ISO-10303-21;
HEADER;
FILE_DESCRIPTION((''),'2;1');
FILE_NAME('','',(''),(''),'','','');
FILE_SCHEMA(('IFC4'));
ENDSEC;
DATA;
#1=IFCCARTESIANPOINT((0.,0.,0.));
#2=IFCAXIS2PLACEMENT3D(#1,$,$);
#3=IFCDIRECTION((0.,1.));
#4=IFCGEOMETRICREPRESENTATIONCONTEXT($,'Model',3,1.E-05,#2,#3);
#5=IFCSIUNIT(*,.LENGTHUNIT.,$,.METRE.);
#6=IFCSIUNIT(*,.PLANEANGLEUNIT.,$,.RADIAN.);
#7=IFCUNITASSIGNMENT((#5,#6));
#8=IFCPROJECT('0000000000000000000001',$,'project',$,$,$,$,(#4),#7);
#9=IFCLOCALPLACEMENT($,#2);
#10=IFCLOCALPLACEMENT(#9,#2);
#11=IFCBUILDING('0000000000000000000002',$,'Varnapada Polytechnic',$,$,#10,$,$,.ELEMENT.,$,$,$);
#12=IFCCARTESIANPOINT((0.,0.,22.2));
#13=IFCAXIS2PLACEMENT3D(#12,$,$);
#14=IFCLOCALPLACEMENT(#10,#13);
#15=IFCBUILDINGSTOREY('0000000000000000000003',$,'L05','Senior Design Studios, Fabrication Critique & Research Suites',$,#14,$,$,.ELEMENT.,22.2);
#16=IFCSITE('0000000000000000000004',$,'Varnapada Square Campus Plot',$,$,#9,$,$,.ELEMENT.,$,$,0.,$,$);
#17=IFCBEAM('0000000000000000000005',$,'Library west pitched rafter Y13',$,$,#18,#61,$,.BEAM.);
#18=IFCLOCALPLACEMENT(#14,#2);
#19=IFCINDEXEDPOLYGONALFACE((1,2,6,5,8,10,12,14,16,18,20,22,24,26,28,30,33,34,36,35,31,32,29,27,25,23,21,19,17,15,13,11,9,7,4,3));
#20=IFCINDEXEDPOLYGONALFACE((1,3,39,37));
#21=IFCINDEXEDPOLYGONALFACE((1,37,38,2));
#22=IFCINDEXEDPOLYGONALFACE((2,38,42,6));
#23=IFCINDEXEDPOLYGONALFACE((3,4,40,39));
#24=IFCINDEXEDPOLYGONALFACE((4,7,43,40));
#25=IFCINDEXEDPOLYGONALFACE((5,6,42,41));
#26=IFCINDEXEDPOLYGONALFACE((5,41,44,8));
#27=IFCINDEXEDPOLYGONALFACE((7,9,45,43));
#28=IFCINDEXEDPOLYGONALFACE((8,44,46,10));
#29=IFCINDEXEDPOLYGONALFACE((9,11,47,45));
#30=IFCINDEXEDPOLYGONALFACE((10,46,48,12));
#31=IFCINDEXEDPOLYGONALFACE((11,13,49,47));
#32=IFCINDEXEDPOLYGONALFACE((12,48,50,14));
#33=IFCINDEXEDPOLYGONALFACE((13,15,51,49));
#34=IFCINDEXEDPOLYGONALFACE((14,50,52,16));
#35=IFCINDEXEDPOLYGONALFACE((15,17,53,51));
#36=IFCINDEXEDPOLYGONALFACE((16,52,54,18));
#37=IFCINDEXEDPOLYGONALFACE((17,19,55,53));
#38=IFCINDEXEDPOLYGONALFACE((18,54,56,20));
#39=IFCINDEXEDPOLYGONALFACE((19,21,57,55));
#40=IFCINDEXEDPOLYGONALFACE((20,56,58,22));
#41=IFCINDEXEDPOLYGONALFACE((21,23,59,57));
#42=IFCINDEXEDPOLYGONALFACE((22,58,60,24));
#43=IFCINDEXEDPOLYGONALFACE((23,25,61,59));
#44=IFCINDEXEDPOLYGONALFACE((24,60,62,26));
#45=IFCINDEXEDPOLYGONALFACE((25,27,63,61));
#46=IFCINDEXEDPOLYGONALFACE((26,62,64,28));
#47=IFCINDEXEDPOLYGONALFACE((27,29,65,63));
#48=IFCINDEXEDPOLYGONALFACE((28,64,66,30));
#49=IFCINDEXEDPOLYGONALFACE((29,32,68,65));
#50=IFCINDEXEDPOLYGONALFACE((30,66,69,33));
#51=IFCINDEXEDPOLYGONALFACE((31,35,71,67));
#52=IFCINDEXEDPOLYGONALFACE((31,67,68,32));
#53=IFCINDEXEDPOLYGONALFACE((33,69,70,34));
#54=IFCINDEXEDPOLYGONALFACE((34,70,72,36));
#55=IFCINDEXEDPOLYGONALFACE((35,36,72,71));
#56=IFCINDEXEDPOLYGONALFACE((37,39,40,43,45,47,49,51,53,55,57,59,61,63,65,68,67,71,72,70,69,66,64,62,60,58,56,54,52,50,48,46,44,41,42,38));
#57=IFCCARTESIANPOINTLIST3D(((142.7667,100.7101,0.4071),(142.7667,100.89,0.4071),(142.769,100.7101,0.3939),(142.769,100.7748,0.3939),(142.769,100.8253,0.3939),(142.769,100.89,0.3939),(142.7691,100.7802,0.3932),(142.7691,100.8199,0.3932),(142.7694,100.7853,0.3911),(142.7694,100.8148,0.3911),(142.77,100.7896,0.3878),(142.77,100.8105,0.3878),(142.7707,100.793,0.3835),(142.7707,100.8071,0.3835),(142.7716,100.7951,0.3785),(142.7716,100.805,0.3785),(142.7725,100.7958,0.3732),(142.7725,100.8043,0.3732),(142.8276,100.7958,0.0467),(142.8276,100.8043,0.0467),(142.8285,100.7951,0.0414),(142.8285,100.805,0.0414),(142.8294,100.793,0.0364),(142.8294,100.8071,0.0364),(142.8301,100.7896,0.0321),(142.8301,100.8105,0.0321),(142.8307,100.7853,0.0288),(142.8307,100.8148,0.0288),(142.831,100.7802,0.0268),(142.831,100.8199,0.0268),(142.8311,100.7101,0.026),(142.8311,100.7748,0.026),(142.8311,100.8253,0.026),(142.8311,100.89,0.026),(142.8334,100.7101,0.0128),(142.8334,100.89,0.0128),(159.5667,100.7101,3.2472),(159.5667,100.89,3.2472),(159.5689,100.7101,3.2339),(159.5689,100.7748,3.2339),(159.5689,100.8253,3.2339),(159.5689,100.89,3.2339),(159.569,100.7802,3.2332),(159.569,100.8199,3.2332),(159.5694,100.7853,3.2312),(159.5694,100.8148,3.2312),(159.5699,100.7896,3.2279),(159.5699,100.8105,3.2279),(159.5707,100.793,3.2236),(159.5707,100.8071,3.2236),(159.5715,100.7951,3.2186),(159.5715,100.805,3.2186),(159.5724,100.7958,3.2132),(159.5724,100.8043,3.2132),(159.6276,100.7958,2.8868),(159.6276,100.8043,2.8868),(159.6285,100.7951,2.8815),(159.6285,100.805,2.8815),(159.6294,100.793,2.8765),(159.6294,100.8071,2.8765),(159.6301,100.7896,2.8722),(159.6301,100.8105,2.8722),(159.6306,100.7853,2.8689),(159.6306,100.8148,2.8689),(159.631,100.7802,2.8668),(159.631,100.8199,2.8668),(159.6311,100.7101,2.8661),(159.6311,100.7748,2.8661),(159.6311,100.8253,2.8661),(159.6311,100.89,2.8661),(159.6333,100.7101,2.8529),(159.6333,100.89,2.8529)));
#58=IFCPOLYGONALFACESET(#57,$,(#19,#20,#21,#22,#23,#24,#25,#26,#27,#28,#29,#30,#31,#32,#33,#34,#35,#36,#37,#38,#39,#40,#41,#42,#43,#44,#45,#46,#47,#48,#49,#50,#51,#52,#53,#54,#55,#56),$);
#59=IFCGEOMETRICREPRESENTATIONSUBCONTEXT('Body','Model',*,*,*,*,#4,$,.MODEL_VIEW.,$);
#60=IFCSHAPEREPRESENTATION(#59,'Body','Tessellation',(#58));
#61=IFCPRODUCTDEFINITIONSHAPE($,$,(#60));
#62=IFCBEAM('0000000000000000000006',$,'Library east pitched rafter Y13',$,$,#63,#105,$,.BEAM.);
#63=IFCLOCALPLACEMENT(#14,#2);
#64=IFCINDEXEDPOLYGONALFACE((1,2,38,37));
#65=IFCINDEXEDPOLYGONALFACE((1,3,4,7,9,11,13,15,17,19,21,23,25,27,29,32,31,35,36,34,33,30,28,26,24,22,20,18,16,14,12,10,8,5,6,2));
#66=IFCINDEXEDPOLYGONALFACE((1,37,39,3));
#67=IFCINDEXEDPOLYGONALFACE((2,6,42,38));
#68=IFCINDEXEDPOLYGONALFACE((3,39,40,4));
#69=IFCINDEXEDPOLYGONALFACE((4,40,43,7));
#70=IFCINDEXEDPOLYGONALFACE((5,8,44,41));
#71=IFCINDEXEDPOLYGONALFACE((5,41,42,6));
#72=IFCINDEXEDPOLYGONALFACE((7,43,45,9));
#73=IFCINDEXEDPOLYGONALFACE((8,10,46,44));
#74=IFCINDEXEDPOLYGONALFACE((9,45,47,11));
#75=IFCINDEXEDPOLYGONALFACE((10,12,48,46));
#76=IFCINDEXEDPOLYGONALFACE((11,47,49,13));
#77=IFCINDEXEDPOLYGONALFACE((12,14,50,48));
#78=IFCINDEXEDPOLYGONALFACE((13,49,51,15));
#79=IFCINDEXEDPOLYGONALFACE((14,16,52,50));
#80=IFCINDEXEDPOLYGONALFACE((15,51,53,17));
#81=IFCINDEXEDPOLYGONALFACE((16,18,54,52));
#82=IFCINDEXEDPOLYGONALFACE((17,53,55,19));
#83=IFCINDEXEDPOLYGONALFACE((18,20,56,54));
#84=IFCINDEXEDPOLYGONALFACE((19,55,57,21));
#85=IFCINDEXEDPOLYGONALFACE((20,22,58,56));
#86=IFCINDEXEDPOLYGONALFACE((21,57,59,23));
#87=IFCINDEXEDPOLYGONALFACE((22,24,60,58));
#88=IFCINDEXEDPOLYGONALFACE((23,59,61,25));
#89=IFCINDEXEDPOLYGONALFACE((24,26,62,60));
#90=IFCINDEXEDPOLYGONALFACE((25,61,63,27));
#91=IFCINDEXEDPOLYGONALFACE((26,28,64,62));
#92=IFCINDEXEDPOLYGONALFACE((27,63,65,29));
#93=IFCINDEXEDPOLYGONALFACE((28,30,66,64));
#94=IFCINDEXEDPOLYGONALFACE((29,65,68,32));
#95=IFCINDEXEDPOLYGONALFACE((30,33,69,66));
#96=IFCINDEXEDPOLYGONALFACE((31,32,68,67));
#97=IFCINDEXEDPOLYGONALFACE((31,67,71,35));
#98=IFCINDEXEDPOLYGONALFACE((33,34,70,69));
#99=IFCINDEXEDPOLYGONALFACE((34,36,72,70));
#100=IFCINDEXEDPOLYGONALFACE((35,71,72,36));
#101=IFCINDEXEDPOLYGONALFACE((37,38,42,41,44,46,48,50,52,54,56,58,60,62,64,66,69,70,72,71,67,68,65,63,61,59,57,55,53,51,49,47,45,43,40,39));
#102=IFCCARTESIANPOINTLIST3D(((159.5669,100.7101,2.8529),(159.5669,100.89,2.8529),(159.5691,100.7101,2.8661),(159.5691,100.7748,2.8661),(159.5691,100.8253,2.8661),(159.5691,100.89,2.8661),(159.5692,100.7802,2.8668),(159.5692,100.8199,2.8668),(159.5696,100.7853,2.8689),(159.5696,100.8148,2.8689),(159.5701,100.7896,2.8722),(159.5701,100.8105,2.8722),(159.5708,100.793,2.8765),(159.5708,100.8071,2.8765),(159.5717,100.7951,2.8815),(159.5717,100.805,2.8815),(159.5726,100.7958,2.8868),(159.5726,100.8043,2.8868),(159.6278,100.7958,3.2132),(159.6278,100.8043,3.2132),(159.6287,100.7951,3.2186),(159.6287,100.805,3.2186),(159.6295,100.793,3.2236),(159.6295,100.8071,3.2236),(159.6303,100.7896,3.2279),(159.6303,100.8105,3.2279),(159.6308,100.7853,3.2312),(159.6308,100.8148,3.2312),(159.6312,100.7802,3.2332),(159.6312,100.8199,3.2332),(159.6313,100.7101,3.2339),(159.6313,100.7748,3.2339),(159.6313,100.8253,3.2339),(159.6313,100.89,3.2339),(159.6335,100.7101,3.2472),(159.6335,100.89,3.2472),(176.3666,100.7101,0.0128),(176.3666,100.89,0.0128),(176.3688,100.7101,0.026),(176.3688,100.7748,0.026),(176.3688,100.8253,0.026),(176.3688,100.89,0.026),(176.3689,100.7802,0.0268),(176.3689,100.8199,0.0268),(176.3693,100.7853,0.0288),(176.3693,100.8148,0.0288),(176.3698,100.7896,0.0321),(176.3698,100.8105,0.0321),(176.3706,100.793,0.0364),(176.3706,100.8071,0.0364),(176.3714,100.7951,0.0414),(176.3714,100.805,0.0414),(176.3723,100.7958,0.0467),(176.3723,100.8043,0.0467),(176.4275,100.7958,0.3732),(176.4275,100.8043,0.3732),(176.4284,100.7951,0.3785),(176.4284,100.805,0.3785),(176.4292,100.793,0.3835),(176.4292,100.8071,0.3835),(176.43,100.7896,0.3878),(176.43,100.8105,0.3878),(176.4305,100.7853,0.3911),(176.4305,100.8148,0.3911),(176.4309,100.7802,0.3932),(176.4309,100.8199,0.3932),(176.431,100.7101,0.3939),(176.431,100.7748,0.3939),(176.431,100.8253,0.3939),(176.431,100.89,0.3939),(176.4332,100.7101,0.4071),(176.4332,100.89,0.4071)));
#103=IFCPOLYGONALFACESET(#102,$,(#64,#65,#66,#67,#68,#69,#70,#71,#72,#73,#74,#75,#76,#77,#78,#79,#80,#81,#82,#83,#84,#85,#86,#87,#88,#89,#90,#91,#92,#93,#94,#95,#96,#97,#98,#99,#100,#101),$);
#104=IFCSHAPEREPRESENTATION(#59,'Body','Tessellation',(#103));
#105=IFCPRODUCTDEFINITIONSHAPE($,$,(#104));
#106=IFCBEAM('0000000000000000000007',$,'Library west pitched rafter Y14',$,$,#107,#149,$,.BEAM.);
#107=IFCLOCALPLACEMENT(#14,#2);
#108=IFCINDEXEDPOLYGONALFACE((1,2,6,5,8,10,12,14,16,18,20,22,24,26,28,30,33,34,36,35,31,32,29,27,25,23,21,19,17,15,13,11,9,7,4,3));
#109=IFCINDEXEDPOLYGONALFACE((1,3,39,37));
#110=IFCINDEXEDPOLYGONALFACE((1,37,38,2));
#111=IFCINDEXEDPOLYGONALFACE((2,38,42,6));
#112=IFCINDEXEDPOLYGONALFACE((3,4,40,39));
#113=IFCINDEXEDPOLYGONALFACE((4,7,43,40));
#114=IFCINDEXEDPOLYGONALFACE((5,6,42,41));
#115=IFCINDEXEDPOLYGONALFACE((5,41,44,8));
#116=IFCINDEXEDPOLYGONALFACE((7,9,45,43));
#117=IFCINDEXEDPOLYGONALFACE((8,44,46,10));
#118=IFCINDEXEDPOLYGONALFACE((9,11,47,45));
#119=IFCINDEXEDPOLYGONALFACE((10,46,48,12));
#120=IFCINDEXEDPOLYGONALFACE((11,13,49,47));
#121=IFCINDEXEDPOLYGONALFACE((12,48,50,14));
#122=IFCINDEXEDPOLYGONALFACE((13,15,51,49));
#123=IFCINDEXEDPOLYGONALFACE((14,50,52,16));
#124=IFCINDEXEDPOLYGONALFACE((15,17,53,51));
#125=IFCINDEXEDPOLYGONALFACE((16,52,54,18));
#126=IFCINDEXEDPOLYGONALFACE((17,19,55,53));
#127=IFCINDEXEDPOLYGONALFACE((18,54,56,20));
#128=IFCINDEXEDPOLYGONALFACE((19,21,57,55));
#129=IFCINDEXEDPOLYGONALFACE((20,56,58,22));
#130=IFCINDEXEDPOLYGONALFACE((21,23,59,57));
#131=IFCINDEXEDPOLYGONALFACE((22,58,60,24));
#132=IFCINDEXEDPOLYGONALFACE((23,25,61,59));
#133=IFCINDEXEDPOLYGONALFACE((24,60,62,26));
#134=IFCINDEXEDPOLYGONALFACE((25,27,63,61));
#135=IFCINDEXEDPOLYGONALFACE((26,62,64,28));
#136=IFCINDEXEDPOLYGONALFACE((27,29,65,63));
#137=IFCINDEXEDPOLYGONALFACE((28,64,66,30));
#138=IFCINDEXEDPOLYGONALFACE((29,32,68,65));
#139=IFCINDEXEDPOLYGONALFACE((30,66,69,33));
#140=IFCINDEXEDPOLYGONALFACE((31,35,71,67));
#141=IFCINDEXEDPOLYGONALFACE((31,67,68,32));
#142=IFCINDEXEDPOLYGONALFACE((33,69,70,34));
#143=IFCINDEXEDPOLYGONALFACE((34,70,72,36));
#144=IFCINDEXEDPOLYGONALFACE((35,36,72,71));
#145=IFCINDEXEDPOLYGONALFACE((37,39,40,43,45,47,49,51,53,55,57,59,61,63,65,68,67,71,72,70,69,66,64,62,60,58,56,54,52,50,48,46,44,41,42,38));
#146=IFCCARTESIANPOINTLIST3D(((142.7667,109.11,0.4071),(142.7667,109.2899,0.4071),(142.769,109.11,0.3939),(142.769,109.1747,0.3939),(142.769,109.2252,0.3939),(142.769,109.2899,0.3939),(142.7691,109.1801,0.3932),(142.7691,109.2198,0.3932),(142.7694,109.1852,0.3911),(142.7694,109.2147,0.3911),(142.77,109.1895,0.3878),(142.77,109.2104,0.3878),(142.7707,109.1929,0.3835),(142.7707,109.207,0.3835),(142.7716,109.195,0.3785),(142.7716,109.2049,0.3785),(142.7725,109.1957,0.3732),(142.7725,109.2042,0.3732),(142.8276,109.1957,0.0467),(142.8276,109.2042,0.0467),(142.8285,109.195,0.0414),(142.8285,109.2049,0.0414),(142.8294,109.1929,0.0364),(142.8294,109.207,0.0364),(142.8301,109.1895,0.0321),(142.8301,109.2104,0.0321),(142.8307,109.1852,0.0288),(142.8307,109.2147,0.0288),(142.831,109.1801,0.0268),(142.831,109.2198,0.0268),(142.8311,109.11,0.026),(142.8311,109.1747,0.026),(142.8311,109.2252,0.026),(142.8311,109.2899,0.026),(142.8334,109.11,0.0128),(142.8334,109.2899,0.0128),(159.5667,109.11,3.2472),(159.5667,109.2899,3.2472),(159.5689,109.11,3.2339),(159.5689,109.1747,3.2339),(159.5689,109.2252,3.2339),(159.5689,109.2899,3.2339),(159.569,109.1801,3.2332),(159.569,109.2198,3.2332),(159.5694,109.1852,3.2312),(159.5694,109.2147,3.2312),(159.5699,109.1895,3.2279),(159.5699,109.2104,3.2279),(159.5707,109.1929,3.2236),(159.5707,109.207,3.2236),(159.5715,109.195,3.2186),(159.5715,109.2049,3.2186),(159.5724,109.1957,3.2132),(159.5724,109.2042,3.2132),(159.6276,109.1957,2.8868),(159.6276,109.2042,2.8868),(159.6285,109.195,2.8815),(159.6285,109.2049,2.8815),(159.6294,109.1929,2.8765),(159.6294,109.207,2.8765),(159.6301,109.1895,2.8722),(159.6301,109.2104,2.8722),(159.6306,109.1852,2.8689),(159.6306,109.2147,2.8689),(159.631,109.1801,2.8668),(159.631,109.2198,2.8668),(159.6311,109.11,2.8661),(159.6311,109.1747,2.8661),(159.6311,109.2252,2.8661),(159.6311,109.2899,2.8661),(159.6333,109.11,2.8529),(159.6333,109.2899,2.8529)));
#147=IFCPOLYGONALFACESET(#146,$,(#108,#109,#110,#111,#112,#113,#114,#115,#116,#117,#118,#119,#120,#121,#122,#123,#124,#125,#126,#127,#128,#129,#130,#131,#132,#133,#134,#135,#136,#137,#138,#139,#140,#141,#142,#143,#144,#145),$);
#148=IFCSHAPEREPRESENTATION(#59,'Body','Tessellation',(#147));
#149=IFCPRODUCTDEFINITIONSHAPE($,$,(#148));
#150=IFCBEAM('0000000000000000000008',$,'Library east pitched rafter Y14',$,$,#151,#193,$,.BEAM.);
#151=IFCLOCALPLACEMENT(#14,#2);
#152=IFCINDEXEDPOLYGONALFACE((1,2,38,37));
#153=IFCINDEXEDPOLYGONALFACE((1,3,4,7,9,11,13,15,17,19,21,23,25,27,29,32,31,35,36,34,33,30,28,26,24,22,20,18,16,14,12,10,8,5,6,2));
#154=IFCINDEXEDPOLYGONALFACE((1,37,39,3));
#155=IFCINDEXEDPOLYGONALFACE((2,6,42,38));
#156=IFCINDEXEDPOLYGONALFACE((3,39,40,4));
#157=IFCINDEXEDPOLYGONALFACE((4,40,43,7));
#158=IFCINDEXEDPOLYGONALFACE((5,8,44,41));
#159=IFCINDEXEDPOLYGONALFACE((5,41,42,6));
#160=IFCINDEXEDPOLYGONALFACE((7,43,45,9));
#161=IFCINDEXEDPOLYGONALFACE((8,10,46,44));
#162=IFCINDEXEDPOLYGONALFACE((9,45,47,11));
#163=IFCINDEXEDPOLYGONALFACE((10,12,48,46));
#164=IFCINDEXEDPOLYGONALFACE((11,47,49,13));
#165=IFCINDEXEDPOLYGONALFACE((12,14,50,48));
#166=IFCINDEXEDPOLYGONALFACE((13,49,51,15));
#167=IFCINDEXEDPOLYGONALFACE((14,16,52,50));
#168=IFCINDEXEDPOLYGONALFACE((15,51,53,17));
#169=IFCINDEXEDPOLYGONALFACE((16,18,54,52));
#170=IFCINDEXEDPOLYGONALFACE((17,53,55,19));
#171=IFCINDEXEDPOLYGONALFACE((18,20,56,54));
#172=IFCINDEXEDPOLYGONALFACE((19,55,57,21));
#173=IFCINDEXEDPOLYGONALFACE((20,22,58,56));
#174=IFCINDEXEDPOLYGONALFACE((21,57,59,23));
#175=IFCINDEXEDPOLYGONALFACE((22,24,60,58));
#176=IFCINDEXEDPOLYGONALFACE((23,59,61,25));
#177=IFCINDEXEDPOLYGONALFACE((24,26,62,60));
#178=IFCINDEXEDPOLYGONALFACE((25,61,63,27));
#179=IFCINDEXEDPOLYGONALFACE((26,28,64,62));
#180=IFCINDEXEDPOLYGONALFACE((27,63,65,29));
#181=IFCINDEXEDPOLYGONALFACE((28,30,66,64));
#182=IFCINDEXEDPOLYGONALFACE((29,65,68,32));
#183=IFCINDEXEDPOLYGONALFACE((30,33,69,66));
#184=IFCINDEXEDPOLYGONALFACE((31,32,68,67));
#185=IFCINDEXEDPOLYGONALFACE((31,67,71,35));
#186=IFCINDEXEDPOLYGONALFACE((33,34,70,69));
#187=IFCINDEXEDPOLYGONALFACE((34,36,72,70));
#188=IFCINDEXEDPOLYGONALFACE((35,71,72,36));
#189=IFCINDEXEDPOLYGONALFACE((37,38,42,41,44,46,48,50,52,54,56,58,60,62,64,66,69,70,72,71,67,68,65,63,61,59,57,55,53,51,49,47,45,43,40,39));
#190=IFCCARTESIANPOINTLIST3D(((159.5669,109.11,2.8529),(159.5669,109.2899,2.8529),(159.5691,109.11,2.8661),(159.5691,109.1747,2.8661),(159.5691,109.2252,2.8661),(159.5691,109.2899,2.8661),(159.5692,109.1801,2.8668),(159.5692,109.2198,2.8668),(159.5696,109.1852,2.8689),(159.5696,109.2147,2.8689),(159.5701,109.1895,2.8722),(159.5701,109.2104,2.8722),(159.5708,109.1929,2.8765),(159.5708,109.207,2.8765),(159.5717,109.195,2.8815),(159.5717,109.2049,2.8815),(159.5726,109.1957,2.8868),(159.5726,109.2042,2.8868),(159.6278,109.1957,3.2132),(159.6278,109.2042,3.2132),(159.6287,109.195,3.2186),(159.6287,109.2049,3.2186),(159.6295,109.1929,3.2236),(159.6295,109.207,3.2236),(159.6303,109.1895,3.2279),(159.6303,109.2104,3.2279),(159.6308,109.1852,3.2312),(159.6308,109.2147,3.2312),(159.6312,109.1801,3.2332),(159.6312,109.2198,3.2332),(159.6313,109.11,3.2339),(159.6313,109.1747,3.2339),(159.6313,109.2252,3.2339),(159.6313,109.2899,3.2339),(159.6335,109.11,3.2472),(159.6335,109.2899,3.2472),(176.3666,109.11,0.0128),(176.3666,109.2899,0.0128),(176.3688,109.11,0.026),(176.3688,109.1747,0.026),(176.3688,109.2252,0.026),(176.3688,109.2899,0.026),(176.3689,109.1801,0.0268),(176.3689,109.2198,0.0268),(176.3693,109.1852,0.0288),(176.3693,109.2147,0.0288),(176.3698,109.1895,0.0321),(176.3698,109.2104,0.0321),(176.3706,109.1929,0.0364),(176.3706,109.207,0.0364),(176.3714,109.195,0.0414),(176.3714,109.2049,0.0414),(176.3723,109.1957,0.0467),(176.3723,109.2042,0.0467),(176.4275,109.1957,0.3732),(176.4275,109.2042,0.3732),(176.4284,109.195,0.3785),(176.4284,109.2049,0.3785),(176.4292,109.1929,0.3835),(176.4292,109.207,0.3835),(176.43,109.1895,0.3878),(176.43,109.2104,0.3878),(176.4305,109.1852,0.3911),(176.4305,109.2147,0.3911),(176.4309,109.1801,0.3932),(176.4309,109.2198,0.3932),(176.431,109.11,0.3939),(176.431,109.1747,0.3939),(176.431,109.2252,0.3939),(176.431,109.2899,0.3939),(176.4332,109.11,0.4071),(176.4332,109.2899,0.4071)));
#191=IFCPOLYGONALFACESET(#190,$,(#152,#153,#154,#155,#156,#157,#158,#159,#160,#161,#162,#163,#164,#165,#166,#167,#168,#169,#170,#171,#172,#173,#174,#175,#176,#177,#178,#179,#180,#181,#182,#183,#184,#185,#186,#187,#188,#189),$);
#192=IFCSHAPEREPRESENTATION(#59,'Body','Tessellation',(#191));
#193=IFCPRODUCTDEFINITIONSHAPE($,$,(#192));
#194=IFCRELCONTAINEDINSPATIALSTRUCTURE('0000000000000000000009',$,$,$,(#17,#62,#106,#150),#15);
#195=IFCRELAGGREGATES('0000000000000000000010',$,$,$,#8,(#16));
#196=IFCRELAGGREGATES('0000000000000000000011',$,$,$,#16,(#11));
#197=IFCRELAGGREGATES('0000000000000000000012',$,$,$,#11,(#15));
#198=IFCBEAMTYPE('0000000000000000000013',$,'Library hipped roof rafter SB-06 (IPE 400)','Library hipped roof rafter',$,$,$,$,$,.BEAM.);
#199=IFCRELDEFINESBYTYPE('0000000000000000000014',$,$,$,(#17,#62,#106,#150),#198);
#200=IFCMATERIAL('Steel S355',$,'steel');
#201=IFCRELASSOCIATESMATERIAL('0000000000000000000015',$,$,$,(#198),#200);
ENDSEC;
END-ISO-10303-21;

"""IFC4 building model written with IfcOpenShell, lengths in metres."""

from ifc_helpers import new_model, si_unit, direction, frame, origin, origin_2d, place, context, subcontext, project, spatial, i_section, extrude, material, material_profile, profile_set, type_object, element, save


model = new_model("IFC4")

# Units and contexts
model_context = context("Model", 3, precision=1e-05, world=origin(), true_north=direction((0.0, 1.0)))
body_context = subcontext(model_context, "Body", "Model", "MODEL_VIEW")
ifc_project = project(units=[si_unit("LENGTHUNIT", "METRE"), si_unit("PLANEANGLEUNIT", "RADIAN")], contexts=[model_context])

# Site, building, storey
site_placement = place(None, origin())
site = spatial("IfcSite", under=ifc_project, at=site_placement, Name="Varnapada Square Campus Plot", CompositionType="ELEMENT", RefElevation=0.0)
building_placement = place(site_placement, origin())
building = spatial("IfcBuilding", under=site, at=building_placement, Name="Varnapada Polytechnic", CompositionType="ELEMENT")
storey_placement = place(building_placement, frame((0.0, 0.0, 22.2)))
storey = spatial("IfcBuildingStorey", under=building, at=storey_placement, Name="L05", Description="Senior Design Studios, Fabrication Critique & Research Suites", CompositionType="ELEMENT", Elevation=22.2)

# Beams
ifc_material_1 = material(Name="Steel S355", Category="steel")
ifc_material_profile_1 = material_profile(ifc_material_1, i_section(OverallWidth=0.1799, OverallDepth=0.3999, WebThickness=0.0085, FlangeThickness=0.0134, FilletRadius=0.021, at=origin_2d()), Name="IPE 400")
ifc_profile_set_1 = profile_set([ifc_material_profile_1], Name="Steel S355")
beam_type = type_object("IfcBeamType", Name="Library hipped roof rafter SB-06 (IPE 400)", Description="Library hipped roof rafter", PredefinedType="BEAM", material=ifc_profile_set_1)
beam_1_placement = place(storey_placement, frame((142.8, 100.8, 0.21), z_axis=(0.98601, 0.0, 0.166687), x_axis=(0.0, 1.0, 0.0)))
element("IfcBeam", 1, at=beam_1_placement, inside=storey, type_object=beam_type, Name="Library west pitched rafter Y13", PredefinedType="BEAM", context=body_context, shape_type="SweptSolid", body=[
    extrude(i_section(OverallWidth=0.1799, OverallDepth=0.3999, WebThickness=0.0085, FlangeThickness=0.0134, FilletRadius=0.021, at=origin_2d()), origin(), (0.0, 0.0, 1.0), 17.0383),
])
beam_2_placement = place(storey_placement, frame((176.3999, 100.8, 0.21), z_axis=(-0.986009, 0.0, 0.16669), x_axis=(0.0, -1.0, 0.0)))
element("IfcBeam", 2, at=beam_2_placement, inside=storey, type_object=beam_type, Name="Library east pitched rafter Y13", PredefinedType="BEAM", context=body_context, shape_type="SweptSolid", body=[
    extrude(i_section(OverallWidth=0.1799, OverallDepth=0.3999, WebThickness=0.0085, FlangeThickness=0.0134, FilletRadius=0.021, at=origin_2d()), origin(), (0.0, 0.0, 1.0), 17.0381),
])
beam_3_placement = place(storey_placement, frame((142.8, 109.2, 0.21), z_axis=(0.98601, 0.0, 0.166687), x_axis=(0.0, 1.0, 0.0)))
element("IfcBeam", 3, at=beam_3_placement, inside=storey, type_object=beam_type, Name="Library west pitched rafter Y14", PredefinedType="BEAM", context=body_context, shape_type="SweptSolid", body=[
    extrude(i_section(OverallWidth=0.1799, OverallDepth=0.3999, WebThickness=0.0085, FlangeThickness=0.0134, FilletRadius=0.021, at=origin_2d()), origin(), (0.0, 0.0, 1.0), 17.0383),
])
beam_4_placement = place(storey_placement, frame((176.3999, 109.2, 0.21), z_axis=(-0.986009, 0.0, 0.16669), x_axis=(0.0, -1.0, 0.0)))
element("IfcBeam", 4, at=beam_4_placement, inside=storey, type_object=beam_type, Name="Library east pitched rafter Y14", PredefinedType="BEAM", context=body_context, shape_type="SweptSolid", body=[
    extrude(i_section(OverallWidth=0.1799, OverallDepth=0.3999, WebThickness=0.0085, FlangeThickness=0.0134, FilletRadius=0.021, at=origin_2d()), origin(), (0.0, 0.0, 1.0), 17.0381),
])

save(model, "model.ifc")
